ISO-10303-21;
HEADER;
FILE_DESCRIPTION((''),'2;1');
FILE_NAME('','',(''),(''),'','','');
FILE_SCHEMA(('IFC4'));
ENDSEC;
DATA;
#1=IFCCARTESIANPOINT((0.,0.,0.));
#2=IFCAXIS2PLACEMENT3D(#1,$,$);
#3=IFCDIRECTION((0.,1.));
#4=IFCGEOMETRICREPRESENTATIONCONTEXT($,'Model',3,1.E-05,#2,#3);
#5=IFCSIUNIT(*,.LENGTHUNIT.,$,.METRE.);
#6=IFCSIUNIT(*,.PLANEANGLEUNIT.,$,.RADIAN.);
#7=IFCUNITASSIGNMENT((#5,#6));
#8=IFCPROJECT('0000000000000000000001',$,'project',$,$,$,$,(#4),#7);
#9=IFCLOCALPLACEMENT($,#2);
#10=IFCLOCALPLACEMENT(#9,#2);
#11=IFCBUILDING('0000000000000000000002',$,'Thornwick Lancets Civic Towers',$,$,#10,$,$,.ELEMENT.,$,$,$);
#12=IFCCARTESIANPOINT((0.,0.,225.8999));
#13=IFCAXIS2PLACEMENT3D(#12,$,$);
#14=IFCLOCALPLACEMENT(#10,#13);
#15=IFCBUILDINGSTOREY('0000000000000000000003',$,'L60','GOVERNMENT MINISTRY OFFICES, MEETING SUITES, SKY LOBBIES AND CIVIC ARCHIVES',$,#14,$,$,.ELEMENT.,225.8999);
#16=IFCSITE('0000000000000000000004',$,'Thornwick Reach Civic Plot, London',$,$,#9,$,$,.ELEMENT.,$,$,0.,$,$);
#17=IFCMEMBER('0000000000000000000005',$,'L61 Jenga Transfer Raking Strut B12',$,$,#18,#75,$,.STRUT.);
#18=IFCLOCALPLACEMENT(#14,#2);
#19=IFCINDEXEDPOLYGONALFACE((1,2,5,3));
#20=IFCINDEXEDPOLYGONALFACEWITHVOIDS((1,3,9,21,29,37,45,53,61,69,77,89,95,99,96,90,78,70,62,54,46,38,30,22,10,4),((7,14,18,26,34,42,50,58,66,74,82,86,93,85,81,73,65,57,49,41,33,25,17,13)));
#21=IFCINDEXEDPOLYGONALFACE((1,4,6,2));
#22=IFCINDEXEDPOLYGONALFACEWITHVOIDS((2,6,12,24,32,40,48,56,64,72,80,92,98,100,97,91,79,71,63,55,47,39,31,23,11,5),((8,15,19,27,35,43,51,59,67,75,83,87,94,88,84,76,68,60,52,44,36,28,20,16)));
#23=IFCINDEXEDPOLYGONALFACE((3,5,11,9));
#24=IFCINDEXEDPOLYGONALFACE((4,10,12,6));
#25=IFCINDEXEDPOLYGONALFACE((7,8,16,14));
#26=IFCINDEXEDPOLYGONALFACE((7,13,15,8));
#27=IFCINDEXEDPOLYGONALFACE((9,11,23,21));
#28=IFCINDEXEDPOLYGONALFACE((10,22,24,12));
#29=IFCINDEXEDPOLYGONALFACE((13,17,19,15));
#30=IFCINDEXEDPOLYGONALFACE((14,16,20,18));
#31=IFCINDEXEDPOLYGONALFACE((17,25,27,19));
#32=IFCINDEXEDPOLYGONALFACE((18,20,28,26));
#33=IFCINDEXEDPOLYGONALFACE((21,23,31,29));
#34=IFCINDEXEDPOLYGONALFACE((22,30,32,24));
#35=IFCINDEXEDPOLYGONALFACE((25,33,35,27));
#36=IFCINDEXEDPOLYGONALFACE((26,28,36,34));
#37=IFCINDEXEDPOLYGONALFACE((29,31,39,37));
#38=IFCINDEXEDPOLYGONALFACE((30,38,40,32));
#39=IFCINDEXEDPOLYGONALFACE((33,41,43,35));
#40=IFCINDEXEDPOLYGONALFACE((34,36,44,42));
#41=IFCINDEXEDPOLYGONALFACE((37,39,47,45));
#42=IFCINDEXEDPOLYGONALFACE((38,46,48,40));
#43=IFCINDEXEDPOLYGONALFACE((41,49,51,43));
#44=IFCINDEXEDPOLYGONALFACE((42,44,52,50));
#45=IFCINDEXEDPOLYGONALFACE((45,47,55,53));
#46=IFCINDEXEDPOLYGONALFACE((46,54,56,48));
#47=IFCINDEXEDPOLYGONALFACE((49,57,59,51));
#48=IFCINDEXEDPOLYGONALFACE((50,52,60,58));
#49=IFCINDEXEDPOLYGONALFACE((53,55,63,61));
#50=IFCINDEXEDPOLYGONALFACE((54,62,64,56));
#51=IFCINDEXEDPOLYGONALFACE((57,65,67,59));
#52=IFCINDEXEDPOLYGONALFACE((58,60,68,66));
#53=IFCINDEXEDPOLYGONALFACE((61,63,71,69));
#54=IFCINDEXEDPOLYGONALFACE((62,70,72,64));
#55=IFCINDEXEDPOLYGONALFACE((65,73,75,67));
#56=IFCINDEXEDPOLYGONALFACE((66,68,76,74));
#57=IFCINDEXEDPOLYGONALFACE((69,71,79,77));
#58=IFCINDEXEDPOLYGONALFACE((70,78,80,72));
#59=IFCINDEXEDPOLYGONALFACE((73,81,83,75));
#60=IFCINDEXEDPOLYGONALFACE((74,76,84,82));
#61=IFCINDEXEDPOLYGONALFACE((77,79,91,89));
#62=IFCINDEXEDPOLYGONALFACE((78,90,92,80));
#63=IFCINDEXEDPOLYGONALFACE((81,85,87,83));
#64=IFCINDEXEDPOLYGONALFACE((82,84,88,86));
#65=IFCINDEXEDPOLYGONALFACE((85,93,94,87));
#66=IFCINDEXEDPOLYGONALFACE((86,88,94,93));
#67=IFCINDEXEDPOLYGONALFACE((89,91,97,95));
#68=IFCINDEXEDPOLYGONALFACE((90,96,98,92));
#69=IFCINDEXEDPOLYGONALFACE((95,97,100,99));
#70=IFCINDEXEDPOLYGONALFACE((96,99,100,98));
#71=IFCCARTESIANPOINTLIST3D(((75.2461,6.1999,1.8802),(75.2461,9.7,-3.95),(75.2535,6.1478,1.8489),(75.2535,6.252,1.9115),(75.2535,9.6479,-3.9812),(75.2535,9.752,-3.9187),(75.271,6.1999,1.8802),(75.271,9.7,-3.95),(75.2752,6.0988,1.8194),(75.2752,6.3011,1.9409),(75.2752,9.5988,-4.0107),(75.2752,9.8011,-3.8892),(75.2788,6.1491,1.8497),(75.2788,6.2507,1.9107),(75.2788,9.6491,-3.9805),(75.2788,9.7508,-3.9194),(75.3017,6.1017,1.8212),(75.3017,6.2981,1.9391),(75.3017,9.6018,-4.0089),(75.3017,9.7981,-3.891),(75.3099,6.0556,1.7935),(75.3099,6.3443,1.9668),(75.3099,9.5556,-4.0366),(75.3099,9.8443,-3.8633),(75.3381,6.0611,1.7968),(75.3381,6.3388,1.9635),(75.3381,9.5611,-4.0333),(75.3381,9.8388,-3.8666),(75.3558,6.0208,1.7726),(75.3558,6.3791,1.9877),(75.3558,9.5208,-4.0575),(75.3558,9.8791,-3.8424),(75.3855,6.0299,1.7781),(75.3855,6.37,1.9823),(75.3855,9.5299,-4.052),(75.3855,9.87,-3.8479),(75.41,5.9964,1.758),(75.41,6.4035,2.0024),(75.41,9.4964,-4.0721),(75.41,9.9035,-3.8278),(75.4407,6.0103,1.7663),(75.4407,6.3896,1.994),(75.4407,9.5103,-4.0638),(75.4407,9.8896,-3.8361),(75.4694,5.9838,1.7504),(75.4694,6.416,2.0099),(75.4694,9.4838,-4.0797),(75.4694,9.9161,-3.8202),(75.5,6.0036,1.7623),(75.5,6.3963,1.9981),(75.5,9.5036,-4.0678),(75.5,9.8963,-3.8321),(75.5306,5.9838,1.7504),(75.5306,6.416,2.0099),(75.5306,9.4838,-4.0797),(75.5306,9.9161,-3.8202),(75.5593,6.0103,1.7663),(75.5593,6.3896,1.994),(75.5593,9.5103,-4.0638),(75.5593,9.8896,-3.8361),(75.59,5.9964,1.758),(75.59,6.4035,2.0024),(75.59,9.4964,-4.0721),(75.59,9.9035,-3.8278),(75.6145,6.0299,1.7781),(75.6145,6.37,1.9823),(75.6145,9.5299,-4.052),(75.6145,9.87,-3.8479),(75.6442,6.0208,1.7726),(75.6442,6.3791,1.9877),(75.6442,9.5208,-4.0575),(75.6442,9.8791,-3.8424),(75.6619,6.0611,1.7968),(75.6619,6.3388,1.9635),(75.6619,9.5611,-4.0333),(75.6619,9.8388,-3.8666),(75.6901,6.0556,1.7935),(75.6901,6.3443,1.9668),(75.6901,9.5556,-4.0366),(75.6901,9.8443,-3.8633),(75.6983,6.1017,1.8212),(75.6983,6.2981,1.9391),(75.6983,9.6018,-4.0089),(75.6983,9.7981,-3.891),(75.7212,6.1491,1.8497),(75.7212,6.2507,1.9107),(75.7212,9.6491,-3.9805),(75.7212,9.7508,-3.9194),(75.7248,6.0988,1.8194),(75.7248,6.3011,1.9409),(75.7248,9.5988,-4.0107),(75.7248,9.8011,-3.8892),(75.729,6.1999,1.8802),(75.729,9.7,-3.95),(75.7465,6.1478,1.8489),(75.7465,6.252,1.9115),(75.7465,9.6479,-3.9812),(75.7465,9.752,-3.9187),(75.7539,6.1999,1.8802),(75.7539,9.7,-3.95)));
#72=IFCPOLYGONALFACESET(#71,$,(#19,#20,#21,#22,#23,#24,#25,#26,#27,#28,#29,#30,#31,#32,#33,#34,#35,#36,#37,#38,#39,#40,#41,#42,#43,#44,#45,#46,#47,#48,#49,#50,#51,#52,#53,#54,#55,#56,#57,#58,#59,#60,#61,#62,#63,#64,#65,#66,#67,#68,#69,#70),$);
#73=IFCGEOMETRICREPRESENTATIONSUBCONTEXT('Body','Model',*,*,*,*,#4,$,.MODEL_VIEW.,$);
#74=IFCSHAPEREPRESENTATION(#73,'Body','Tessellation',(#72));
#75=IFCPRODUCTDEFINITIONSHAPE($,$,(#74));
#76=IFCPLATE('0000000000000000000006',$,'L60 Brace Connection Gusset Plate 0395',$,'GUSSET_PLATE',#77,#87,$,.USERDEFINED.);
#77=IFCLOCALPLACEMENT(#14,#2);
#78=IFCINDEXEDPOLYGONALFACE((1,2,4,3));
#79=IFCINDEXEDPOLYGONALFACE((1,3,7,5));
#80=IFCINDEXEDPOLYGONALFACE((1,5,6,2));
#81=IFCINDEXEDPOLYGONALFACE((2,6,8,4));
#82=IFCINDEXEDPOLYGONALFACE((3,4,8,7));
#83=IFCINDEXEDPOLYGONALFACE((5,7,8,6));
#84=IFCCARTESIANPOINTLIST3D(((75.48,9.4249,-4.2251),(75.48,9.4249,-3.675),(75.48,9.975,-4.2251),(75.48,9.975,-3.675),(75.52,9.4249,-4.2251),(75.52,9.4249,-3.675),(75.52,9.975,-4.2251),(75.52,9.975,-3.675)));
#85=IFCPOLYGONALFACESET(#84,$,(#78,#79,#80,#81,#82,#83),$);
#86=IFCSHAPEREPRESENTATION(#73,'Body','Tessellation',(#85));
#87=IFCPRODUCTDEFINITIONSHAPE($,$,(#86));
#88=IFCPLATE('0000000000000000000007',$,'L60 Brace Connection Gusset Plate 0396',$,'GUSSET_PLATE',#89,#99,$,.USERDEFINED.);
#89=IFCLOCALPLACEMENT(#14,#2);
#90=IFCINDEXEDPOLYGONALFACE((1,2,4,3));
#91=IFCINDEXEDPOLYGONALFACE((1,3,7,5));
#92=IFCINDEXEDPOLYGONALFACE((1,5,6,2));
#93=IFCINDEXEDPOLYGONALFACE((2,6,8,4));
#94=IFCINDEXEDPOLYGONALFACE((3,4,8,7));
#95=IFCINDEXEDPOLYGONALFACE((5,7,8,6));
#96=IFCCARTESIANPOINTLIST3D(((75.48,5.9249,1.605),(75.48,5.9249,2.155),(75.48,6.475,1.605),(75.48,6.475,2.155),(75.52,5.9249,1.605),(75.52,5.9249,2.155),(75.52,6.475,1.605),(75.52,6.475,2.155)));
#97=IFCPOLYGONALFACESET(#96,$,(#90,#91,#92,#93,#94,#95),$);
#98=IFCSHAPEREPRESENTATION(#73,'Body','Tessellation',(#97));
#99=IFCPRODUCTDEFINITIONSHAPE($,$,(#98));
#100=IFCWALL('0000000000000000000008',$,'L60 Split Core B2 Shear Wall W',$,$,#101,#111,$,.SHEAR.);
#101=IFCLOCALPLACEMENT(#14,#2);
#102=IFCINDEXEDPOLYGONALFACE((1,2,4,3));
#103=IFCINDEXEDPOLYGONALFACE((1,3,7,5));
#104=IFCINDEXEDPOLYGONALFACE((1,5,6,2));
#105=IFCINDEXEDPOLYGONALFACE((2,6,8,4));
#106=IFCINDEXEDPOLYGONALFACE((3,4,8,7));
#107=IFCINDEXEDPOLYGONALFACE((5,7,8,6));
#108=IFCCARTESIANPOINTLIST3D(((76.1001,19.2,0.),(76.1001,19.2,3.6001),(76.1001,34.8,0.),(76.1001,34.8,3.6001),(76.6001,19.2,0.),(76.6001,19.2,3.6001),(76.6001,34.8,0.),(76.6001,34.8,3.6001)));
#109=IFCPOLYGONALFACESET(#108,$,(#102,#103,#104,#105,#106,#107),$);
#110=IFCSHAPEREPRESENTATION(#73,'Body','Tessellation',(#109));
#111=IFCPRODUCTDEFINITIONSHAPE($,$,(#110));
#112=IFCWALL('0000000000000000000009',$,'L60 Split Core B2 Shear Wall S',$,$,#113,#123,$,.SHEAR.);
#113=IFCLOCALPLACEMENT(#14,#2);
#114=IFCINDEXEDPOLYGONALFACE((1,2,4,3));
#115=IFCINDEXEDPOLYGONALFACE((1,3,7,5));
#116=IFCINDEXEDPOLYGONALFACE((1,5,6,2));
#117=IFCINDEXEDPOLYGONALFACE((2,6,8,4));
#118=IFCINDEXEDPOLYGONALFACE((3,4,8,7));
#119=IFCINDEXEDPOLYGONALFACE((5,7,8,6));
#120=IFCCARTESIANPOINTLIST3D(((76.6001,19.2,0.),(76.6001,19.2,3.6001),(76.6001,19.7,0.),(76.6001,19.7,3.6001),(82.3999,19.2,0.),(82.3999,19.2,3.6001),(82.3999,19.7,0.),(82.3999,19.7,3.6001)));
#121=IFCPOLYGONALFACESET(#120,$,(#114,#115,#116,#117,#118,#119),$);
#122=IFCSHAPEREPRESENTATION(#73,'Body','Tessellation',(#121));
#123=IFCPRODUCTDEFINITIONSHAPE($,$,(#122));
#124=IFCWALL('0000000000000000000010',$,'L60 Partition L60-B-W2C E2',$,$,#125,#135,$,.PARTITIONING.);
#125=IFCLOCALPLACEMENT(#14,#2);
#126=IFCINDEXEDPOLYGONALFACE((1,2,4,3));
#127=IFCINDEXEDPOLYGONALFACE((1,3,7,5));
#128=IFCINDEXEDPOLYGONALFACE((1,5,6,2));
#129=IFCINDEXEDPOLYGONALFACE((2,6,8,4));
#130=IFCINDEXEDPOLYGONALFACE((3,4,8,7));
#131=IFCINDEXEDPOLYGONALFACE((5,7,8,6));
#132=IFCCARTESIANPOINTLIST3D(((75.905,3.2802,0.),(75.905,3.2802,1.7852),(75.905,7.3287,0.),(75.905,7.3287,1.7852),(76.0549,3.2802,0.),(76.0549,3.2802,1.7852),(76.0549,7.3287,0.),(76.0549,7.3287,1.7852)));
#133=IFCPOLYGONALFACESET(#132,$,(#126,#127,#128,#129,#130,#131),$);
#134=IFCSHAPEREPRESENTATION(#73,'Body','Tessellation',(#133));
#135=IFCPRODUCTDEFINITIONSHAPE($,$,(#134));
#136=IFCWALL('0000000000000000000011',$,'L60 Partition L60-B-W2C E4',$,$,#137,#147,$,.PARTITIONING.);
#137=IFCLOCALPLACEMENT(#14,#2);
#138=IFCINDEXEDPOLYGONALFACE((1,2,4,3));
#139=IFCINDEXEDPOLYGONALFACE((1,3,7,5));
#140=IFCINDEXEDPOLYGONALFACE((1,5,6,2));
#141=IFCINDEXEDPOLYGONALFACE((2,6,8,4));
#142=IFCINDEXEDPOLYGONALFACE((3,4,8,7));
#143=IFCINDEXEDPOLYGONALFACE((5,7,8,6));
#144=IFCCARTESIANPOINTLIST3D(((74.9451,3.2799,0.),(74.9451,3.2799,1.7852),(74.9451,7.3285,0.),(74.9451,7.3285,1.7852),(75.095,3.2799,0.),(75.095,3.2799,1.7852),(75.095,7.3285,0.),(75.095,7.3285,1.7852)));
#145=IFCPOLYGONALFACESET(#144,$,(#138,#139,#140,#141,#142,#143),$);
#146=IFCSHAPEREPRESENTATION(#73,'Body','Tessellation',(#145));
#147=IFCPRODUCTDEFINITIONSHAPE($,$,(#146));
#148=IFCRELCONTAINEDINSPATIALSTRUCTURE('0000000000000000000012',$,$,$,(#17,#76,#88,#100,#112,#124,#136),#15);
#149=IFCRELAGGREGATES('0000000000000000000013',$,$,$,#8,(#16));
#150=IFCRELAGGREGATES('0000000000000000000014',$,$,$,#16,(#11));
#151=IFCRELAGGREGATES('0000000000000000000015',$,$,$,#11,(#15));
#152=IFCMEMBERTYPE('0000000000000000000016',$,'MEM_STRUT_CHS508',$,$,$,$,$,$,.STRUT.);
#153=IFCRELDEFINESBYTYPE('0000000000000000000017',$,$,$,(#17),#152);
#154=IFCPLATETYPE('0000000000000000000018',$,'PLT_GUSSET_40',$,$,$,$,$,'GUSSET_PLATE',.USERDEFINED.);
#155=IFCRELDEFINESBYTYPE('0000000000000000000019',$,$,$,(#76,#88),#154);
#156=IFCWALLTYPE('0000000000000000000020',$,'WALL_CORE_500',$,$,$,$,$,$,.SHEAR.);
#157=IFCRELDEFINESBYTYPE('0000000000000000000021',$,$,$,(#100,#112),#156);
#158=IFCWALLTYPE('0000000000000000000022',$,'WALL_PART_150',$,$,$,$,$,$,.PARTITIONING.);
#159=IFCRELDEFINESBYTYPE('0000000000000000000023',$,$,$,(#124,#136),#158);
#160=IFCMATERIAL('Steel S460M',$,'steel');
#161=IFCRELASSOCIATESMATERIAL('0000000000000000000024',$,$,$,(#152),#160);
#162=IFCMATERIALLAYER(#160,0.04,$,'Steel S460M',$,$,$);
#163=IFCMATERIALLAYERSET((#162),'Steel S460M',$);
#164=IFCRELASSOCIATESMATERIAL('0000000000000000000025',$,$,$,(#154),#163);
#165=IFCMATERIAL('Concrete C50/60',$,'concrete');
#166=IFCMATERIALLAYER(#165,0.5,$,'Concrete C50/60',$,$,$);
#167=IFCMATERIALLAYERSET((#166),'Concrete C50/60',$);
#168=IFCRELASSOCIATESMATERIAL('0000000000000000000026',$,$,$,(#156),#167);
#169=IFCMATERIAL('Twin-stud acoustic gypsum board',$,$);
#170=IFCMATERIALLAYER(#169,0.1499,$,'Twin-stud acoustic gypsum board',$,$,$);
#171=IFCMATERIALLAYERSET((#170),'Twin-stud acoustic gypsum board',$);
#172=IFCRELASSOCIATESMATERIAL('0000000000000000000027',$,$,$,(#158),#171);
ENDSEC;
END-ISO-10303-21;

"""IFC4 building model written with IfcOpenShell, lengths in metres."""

from ifc_helpers import new_model, si_unit, direction, frame, frame_2d, origin, origin_2d, place, context, subcontext, project, spatial, rectangle, hollow_circle, extrude, material, layer, layer_set, material_profile, profile_set, type_object, element, save


model = new_model("IFC4")

# Units and contexts
model_context = context("Model", 3, precision=1e-05, world=origin(), true_north=direction((0.0, 1.0)))
body_context = subcontext(model_context, "Body", "Model", "MODEL_VIEW")
ifc_project = project(units=[si_unit("LENGTHUNIT", "METRE"), si_unit("PLANEANGLEUNIT", "RADIAN")], contexts=[model_context])

# Site, building, storey
site_placement = place(None, origin())
site = spatial("IfcSite", under=ifc_project, at=site_placement, Name="Thornwick Reach Civic Plot, London", CompositionType="ELEMENT", RefElevation=0.0)
building_placement = place(site_placement, origin())
building = spatial("IfcBuilding", under=site, at=building_placement, Name="Thornwick Lancets Civic Towers", CompositionType="ELEMENT")
storey_placement = place(building_placement, frame((0.0, 0.0, 225.8999)))
storey = spatial("IfcBuildingStorey", under=building, at=storey_placement, Name="L60", Description="GOVERNMENT MINISTRY OFFICES, MEETING SUITES, SKY LOBBIES AND CIVIC ARCHIVES", CompositionType="ELEMENT", Elevation=225.8999)

# Shared definitions
ifc_material_1 = material(Name="Concrete C50/60", Category="concrete")

# Member
ifc_material_2 = material(Name="Steel S460M", Category="steel")
ifc_material_profile_1 = material_profile(ifc_material_2, hollow_circle(Radius=0.2539, WallThickness=0.0249, at=origin_2d()), Name="CHS 508x25")
ifc_profile_set_1 = profile_set([ifc_material_profile_1], Name="Steel S460M")
member_type = type_object("IfcMemberType", Name="MEM_STRUT_CHS508", PredefinedType="STRUT", material=ifc_profile_set_1)
member_placement = place(storey_placement, frame((75.5, 9.7, -3.95), z_axis=(0.0, -0.514707, 0.857366), x_axis=(1.0, 0.0, 0.0)))
element("IfcMember", 1, at=member_placement, inside=storey, type_object=member_type, Name="L61 Jenga Transfer Raking Strut B12", PredefinedType="STRUT", context=body_context, shape_type="SweptSolid", body=[
    extrude(hollow_circle(Radius=0.2539, WallThickness=0.0249, at=origin_2d()), origin(), (0.0, 0.0, 1.0), 6.8),
])

# Plates
ifc_layer_1 = layer(ifc_material_2, 0.04, Name="Steel S460M")
ifc_layer_set_1 = layer_set([ifc_layer_1], Name="Steel S460M")
plate_type = type_object("IfcPlateType", Name="PLT_GUSSET_40", ElementType="GUSSET_PLATE", PredefinedType="USERDEFINED", material=ifc_layer_set_1)
for number, where, z_axis, x_axis, name in (
    (2, (75.5, 9.7, -4.2251), (0.0, 0.0, 1.0), (0.0, -1.0, 0.0), "L60 Brace Connection Gusset Plate 0395"),
    (3, (75.5, 6.2, 1.605), (0.0, 0.0, 1.0), (0.0, -1.0, 0.0), "L60 Brace Connection Gusset Plate 0396"),
):
    element("IfcPlate", number, at=place(storey_placement, frame(where, z_axis=z_axis, x_axis=x_axis)), inside=storey, type_object=plate_type, Name=name, ObjectType="GUSSET_PLATE", PredefinedType="USERDEFINED", context=body_context, shape_type="SweptSolid", body=[
        extrude(rectangle(XDim=0.55, YDim=0.04, at=origin_2d()), origin(), (0.0, 0.0, 1.0), 0.55),
    ])

# Walls
ifc_layer_2 = layer(ifc_material_1, 0.5, Name="Concrete C50/60")
ifc_layer_set_2 = layer_set([ifc_layer_2], Name="Concrete C50/60")
wall_type_1 = type_object("IfcWallType", Name="WALL_CORE_500", PredefinedType="SHEAR", material=ifc_layer_set_2)
wall_1_placement = place(storey_placement, frame((76.3501, 19.2, 0.0), z_axis=(0.0, 0.0, 1.0), x_axis=(0.0, 1.0, 0.0)))
element("IfcWall", 4, at=wall_1_placement, inside=storey, type_object=wall_type_1, Name="L60 Split Core B2 Shear Wall W", PredefinedType="SHEAR", context=body_context, shape_type="SweptSolid", body=[
    extrude(rectangle(XDim=15.6001, YDim=0.5, at=frame_2d((7.8, 0.0))), origin(), (0.0, 0.0, 1.0), 3.6001),
])
wall_2_placement = place(storey_placement, frame((76.6001, 19.45, 0.0), z_axis=(0.0, 0.0, 1.0), x_axis=(1.0, 0.0, 0.0)))
element("IfcWall", 5, at=wall_2_placement, inside=storey, type_object=wall_type_1, Name="L60 Split Core B2 Shear Wall S", PredefinedType="SHEAR", context=body_context, shape_type="SweptSolid", body=[
    extrude(rectangle(XDim=5.7998, YDim=0.5, at=frame_2d((2.8999, 0.0))), origin(), (0.0, 0.0, 1.0), 3.6001),
])
ifc_material_3 = material(Name="Twin-stud acoustic gypsum board")
ifc_layer_3 = layer(ifc_material_3, 0.1499, Name="Twin-stud acoustic gypsum board")
ifc_layer_set_3 = layer_set([ifc_layer_3], Name="Twin-stud acoustic gypsum board")
wall_type_2 = type_object("IfcWallType", Name="WALL_PART_150", PredefinedType="PARTITIONING", material=ifc_layer_set_3)
for number, where, z_axis, x_axis, name in (
    (6, (75.98, 3.28, 0.0), (0.0, 0.0, 1.0), (0.0, 1.0, 0.0), "L60 Partition L60-B-W2C E2"),
    (7, (75.02, 7.3286, 0.0), (0.0, 0.0, 1.0), (0.0, -1.0, 0.0), "L60 Partition L60-B-W2C E4"),
):
    element("IfcWall", number, at=place(storey_placement, frame(where, z_axis=z_axis, x_axis=x_axis)), inside=storey, type_object=wall_type_2, Name=name, PredefinedType="PARTITIONING", context=body_context, shape_type="SweptSolid", body=[
        extrude(rectangle(XDim=4.0486, YDim=0.1499, at=frame_2d((2.0244, 0.0))), origin(), (0.0, 0.0, 1.0), 1.7852),
    ])

save(model, "model.ifc")
